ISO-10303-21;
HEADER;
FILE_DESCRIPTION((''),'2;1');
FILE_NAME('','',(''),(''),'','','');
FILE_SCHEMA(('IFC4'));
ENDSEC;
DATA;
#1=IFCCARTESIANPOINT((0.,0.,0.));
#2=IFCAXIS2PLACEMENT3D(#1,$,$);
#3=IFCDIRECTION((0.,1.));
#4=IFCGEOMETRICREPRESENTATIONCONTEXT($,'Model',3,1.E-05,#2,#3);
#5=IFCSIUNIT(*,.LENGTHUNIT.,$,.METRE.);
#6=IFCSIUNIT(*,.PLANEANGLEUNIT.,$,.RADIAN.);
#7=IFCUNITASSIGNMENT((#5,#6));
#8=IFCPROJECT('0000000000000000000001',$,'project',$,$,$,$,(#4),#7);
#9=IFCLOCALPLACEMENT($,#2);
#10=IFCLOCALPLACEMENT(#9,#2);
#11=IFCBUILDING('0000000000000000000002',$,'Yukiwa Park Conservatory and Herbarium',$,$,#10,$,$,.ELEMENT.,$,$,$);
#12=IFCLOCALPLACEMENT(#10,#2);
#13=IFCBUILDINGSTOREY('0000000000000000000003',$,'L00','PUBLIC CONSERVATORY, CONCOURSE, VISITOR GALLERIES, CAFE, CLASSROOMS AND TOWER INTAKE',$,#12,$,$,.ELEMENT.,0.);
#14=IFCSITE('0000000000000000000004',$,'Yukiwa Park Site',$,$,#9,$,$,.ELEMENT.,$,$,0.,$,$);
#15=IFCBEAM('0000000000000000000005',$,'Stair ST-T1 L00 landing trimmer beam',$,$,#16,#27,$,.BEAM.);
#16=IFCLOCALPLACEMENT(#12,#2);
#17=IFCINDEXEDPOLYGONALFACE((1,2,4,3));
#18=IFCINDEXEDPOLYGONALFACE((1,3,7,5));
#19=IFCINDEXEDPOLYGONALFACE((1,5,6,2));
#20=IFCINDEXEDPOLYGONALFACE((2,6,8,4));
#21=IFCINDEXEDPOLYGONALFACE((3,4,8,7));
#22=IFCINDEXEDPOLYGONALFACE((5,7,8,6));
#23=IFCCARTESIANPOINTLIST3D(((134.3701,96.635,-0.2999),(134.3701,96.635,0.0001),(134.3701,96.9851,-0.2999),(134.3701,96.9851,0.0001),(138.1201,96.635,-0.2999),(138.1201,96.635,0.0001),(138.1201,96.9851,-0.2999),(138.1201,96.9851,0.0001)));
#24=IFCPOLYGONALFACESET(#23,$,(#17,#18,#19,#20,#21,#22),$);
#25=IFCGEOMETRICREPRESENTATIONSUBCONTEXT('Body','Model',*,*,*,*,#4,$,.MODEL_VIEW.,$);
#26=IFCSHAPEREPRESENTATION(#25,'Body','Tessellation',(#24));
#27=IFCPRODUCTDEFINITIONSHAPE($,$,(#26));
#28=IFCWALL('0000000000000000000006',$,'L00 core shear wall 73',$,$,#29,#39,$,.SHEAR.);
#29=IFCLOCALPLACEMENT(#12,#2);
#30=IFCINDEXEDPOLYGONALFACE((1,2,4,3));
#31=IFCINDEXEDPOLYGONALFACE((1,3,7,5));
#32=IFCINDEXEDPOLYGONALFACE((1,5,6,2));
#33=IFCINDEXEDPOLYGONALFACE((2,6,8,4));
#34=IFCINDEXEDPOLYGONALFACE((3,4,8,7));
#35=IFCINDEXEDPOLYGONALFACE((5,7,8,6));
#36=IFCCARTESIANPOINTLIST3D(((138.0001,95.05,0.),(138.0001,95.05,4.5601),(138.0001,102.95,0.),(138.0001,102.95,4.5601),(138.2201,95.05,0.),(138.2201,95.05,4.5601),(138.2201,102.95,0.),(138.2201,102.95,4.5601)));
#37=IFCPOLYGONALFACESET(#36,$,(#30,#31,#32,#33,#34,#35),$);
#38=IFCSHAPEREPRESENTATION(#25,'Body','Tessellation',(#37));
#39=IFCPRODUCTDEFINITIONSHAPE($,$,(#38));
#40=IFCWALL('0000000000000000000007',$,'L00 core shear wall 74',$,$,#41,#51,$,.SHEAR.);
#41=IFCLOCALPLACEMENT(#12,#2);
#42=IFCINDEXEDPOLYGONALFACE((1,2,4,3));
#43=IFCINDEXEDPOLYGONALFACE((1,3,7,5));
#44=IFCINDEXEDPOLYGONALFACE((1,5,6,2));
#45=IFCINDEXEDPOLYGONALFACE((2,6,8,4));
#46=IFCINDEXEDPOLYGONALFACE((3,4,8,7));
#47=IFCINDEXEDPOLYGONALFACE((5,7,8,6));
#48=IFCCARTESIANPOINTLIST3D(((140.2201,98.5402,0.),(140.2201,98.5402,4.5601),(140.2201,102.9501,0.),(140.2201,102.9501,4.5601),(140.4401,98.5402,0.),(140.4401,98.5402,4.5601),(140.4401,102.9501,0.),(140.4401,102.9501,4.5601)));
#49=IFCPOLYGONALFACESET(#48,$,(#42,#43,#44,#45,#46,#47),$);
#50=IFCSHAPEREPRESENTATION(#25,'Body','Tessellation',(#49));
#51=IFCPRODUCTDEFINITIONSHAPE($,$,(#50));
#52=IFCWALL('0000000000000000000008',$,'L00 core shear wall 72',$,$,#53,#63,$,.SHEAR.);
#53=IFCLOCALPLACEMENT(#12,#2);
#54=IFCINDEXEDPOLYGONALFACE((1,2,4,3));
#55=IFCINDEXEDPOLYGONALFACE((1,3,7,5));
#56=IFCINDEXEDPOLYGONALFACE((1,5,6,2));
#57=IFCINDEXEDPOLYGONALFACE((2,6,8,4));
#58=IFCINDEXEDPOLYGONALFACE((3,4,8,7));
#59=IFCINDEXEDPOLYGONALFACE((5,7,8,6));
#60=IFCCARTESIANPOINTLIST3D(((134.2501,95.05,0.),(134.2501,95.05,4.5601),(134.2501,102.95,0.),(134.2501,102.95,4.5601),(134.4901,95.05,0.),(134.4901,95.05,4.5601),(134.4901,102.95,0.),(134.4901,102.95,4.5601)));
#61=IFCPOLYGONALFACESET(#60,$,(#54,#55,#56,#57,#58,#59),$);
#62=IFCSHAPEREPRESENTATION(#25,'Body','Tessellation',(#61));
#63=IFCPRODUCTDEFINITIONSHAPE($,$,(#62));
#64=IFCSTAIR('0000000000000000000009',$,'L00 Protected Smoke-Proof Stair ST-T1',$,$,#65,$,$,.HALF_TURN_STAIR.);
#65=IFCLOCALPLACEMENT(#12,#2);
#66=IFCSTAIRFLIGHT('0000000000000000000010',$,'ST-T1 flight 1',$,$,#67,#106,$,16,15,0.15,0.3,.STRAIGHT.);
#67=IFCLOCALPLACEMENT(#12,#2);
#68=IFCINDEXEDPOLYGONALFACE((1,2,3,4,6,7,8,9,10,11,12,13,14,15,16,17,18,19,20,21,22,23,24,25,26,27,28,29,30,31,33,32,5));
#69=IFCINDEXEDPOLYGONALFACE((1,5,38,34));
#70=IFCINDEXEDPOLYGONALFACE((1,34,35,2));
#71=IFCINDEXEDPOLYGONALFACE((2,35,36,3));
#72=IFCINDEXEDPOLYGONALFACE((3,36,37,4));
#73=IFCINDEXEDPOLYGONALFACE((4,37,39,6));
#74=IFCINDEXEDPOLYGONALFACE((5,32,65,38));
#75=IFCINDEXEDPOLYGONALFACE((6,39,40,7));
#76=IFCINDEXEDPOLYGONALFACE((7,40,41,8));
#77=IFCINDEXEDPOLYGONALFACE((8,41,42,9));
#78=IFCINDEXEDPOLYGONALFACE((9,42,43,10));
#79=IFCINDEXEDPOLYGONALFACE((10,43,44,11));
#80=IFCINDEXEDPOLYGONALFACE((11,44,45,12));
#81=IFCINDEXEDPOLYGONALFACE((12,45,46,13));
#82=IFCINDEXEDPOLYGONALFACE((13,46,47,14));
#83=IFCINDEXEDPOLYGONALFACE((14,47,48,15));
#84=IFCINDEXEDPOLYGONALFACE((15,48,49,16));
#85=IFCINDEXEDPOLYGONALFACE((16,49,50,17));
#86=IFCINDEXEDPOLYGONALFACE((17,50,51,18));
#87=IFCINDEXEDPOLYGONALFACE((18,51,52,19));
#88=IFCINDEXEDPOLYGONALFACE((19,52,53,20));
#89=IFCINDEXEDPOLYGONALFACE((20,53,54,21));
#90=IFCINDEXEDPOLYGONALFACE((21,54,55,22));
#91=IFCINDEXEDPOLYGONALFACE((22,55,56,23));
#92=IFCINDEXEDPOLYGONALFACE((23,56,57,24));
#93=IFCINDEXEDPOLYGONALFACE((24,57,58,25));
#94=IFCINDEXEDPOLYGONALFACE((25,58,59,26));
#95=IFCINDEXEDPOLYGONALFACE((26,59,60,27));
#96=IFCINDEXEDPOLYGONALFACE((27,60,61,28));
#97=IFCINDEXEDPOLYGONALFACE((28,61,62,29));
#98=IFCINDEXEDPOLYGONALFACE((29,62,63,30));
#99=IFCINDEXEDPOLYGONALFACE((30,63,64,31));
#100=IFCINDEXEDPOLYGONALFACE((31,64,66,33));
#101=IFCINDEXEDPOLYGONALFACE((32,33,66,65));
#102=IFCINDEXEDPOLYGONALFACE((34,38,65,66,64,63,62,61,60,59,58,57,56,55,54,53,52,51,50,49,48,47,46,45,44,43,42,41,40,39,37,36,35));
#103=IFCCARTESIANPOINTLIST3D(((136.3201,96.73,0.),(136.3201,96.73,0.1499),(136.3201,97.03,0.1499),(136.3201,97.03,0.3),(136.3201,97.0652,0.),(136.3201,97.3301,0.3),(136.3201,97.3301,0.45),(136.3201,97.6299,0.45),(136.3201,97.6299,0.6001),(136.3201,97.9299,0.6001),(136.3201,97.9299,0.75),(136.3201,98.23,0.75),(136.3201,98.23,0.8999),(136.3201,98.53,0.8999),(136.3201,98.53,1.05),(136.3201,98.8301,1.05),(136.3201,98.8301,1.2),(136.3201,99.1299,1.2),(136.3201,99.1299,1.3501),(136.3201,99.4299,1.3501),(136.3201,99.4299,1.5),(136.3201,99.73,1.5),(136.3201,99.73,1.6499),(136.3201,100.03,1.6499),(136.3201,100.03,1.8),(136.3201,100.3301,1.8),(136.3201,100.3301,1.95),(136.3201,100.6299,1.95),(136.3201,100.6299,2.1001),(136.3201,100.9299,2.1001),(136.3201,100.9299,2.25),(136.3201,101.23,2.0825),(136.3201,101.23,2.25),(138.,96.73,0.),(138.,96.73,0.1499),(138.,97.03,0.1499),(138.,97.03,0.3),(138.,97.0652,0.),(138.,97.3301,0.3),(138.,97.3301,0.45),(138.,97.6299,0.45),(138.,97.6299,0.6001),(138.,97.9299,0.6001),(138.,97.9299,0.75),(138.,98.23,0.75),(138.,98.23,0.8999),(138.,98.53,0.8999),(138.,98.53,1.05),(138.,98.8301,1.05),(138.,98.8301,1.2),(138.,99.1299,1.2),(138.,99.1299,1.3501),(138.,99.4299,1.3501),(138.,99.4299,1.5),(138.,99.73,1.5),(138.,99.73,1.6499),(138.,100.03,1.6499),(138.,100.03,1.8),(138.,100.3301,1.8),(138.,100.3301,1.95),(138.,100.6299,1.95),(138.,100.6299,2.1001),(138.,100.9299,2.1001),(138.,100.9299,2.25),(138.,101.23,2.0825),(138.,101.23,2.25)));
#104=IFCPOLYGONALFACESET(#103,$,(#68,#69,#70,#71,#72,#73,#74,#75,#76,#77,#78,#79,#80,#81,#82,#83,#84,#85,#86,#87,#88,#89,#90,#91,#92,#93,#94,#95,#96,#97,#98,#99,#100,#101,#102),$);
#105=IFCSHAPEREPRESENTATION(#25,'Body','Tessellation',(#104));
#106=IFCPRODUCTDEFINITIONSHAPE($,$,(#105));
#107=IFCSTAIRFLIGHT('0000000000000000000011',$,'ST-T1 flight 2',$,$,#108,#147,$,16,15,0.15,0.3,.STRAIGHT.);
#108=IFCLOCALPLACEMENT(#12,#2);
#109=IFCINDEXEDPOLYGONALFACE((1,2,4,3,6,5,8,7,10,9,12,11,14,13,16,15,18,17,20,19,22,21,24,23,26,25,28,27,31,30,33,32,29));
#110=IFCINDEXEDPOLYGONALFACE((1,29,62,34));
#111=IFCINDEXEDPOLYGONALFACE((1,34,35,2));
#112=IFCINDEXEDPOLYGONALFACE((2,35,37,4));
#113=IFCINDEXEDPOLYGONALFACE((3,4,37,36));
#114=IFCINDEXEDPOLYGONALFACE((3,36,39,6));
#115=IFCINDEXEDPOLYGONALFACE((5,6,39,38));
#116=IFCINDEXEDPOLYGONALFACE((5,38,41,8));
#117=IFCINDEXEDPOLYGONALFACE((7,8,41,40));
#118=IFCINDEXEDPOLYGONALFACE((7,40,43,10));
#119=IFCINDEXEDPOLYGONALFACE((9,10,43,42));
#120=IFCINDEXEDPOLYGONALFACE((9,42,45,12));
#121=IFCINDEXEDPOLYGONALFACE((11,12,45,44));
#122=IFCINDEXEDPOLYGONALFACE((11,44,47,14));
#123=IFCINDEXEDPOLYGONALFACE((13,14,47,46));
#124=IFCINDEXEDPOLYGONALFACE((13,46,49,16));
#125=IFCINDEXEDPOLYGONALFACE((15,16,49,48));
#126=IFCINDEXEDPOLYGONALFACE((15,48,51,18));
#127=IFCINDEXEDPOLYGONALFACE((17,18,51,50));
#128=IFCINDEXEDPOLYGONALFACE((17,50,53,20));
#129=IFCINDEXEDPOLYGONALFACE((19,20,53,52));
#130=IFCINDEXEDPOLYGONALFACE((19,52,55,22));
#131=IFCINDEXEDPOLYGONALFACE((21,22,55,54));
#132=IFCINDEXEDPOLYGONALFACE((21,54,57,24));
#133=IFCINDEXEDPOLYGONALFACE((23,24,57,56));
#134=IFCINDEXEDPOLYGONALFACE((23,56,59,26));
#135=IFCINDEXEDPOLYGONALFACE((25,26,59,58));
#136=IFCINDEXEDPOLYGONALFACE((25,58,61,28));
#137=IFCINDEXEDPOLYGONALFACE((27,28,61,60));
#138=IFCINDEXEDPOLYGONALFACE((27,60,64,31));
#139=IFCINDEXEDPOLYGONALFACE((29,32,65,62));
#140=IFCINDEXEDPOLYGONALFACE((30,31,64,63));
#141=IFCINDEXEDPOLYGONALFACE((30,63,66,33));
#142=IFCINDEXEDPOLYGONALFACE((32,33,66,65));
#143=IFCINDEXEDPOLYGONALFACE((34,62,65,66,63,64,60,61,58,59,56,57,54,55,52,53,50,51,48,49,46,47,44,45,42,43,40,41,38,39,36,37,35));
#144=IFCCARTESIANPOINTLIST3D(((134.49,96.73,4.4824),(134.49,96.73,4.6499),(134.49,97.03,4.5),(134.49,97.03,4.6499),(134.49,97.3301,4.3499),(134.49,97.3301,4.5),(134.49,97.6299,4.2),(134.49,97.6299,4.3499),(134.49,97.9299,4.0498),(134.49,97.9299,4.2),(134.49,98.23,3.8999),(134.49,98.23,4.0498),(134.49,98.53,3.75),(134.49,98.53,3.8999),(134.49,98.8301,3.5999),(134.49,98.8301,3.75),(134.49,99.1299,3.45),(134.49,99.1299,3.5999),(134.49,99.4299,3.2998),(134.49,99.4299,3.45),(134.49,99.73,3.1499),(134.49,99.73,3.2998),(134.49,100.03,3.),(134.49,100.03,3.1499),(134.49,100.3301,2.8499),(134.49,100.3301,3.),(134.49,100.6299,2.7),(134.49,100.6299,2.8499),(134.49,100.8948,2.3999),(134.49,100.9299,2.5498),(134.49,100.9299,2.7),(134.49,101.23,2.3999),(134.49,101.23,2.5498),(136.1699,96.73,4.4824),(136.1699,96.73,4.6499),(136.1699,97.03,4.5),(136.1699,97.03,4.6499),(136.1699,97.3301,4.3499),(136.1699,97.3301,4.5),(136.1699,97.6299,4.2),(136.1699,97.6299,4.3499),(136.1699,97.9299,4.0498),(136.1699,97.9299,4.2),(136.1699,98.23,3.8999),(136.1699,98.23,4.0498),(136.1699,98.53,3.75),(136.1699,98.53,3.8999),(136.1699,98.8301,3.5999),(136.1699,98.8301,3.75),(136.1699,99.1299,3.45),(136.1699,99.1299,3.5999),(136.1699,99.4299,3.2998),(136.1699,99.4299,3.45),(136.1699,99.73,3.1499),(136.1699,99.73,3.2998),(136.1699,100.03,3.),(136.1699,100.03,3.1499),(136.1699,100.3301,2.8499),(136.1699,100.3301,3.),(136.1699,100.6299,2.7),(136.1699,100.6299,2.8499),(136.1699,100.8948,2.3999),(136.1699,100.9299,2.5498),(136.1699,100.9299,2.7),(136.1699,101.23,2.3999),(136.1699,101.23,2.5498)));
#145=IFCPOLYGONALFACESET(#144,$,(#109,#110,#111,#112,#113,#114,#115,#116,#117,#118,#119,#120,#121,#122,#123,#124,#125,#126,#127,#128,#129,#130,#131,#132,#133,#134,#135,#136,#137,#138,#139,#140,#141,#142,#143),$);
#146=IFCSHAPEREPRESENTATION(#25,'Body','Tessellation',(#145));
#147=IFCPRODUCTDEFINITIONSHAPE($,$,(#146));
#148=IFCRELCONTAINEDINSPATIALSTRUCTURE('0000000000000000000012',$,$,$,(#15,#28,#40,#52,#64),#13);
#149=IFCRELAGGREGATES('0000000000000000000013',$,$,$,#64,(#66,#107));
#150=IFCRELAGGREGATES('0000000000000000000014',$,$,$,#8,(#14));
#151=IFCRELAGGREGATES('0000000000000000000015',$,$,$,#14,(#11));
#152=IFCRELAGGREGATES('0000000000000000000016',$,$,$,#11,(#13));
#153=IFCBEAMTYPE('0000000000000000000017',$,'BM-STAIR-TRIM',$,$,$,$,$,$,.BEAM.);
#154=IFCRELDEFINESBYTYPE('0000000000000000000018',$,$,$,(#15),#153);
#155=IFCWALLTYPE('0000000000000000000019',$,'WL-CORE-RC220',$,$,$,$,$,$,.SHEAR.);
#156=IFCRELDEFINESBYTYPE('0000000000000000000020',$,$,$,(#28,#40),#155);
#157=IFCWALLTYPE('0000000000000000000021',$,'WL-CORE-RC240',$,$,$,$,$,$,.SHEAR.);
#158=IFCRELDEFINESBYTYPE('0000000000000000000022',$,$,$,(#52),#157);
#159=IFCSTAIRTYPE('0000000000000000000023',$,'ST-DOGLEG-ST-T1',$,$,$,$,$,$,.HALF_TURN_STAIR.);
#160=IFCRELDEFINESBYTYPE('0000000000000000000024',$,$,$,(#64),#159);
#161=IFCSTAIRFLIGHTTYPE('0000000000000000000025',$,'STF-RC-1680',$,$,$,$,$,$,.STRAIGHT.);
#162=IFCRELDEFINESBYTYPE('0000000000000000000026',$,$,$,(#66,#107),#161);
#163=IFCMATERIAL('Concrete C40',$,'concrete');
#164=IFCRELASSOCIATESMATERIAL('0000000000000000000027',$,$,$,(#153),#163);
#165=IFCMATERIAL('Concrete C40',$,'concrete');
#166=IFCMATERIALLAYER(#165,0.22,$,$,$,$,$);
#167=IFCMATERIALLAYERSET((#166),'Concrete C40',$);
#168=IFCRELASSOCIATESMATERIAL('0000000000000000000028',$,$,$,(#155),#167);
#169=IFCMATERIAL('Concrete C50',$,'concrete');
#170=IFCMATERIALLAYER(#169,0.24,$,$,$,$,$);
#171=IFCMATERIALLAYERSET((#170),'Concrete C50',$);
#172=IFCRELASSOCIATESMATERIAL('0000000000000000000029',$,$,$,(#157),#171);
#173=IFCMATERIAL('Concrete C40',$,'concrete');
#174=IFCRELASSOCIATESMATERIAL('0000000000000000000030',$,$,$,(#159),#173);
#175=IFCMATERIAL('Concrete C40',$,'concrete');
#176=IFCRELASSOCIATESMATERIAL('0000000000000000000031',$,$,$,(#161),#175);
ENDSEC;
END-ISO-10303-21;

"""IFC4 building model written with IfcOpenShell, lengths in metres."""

from ifc_helpers import new_model, si_unit, direction, frame, frame_2d, origin, origin_2d, place, context, subcontext, project, spatial, polyline, rectangle, outline, extrude, material, layer, layer_set, material_profile, profile_set, type_object, element, aggregate, save


model = new_model("IFC4")

# Units and contexts
model_context = context("Model", 3, precision=1e-05, world=origin(), true_north=direction((0.0, 1.0)))
body_context = subcontext(model_context, "Body", "Model", "MODEL_VIEW")
ifc_project = project(units=[si_unit("LENGTHUNIT", "METRE"), si_unit("PLANEANGLEUNIT", "RADIAN")], contexts=[model_context])

# Site, building, storey
site_placement = place(None, origin())
site = spatial("IfcSite", under=ifc_project, at=site_placement, Name="Yukiwa Park Site", CompositionType="ELEMENT", RefElevation=0.0)
building_placement = place(site_placement, origin())
building = spatial("IfcBuilding", under=site, at=building_placement, Name="Yukiwa Park Conservatory and Herbarium", CompositionType="ELEMENT")
storey_placement = place(building_placement, origin())
storey = spatial("IfcBuildingStorey", under=building, at=storey_placement, Name="L00", Description="PUBLIC CONSERVATORY, CONCOURSE, VISITOR GALLERIES, CAFE, CLASSROOMS AND TOWER INTAKE", CompositionType="ELEMENT", Elevation=0.0)

# Beam
ifc_material_1 = material(Name="Concrete C40", Category="concrete")
ifc_material_profile = material_profile(ifc_material_1, rectangle(XDim=0.3501, YDim=0.3, at=origin_2d()), Name="RC 350x300")
ifc_profile_set = profile_set([ifc_material_profile], Name="Concrete C40")
beam_type = type_object("IfcBeamType", Name="BM-STAIR-TRIM", PredefinedType="BEAM", material=ifc_profile_set)
beam_placement = place(storey_placement, frame((134.3701, 96.8101, -0.1499), z_axis=(1.0, 0.0, 0.0), x_axis=(0.0, 1.0, 0.0)))
element("IfcBeam", 1, at=beam_placement, inside=storey, type_object=beam_type, Name="Stair ST-T1 L00 landing trimmer beam", PredefinedType="BEAM", context=body_context, shape_type="SweptSolid", body=[
    extrude(rectangle(XDim=0.3501, YDim=0.3, at=origin_2d()), origin(), (0.0, 0.0, 1.0), 3.75),
])

# Walls
ifc_material_2 = material(Name="Concrete C40", Category="concrete")
ifc_layer_1 = layer(ifc_material_2, 0.22)
ifc_layer_set_1 = layer_set([ifc_layer_1], Name="Concrete C40")
wall_type_1 = type_object("IfcWallType", Name="WL-CORE-RC220", PredefinedType="SHEAR", material=ifc_layer_set_1)
wall_1_placement = place(storey_placement, frame((138.1101, 95.05, 0.0), z_axis=(0.0, 0.0, 1.0), x_axis=(0.0, 1.0, 0.0)))
element("IfcWall", 2, at=wall_1_placement, inside=storey, type_object=wall_type_1, Name="L00 core shear wall 73", PredefinedType="SHEAR", context=body_context, shape_type="SweptSolid", body=[
    extrude(rectangle(XDim=7.8999, YDim=0.22, at=frame_2d((3.95, 0.0))), origin(), (0.0, 0.0, 1.0), 4.5601),
])
wall_2_placement = place(storey_placement, frame((140.3301, 98.54, 0.0), z_axis=(0.0, 0.0, 1.0), x_axis=(0.0, 1.0, 0.0)))
element("IfcWall", 3, at=wall_2_placement, inside=storey, type_object=wall_type_1, Name="L00 core shear wall 74", PredefinedType="SHEAR", context=body_context, shape_type="SweptSolid", body=[
    extrude(rectangle(XDim=4.4099, YDim=0.22, at=frame_2d((2.2051, 0.0))), origin(), (0.0, 0.0, 1.0), 4.5601),
])

# Shared definitions
ifc_material_3 = material(Name="Concrete C50", Category="concrete")
ifc_layer_2 = layer(ifc_material_3, 0.24)
ifc_layer_set_2 = layer_set([ifc_layer_2], Name="Concrete C50")
wall_type_2 = type_object("IfcWallType", Name="WL-CORE-RC240", PredefinedType="SHEAR", material=ifc_layer_set_2)

# Wall
wall_3_placement = place(storey_placement, frame((134.3701, 95.05, 0.0), z_axis=(0.0, 0.0, 1.0), x_axis=(0.0, 1.0, 0.0)))
element("IfcWall", 4, at=wall_3_placement, inside=storey, type_object=wall_type_2, Name="L00 core shear wall 72", PredefinedType="SHEAR", context=body_context, shape_type="SweptSolid", body=[
    extrude(rectangle(XDim=7.8999, YDim=0.24, at=frame_2d((3.95, 0.0))), origin(), (0.0, 0.0, 1.0), 4.5601),
])

# Stair, stair flights
ifc_material_4 = material(Name="Concrete C40", Category="concrete")
stair_type = type_object("IfcStairType", Name="ST-DOGLEG-ST-T1", PredefinedType="HALF_TURN_STAIR", material=ifc_material_4)
stair_placement = place(storey_placement, origin())
stair = element("IfcStair", 5, at=stair_placement, inside=storey, type_object=stair_type, Name="L00 Protected Smoke-Proof Stair ST-T1", PredefinedType="HALF_TURN_STAIR")
ifc_material_5 = material(Name="Concrete C40", Category="concrete")
stair_flight_type = type_object("IfcStairFlightType", Name="STF-RC-1680", PredefinedType="STRAIGHT", material=ifc_material_5)
stair_flight_1_placement = place(storey_placement, frame((137.1599, 96.73, 0.0), z_axis=(0.0, 0.0, 1.0), x_axis=(0.0, 1.0, 0.0)))
stair_flight_1 = element("IfcStairFlight", 6, at=stair_flight_1_placement, type_object=stair_flight_type, Name="ST-T1 flight 1", NumberOfRisers=16, NumberOfTreads=15, PredefinedType="STRAIGHT", RiserHeight=0.15, TreadLength=0.3, context=body_context, shape_type="SweptSolid", body=[
    extrude(outline(polyline([(0.0, 0.0), (0.0, 0.1499), (0.3, 0.1499), (0.3, 0.3), (0.6001, 0.3), (0.6001, 0.45), (0.8999, 0.45), (0.8999, 0.6001), (1.2, 0.6001), (1.2, 0.75), (1.5, 0.75), (1.5, 0.8999), (1.8, 0.8999), (1.8, 1.05), (2.1001, 1.05), (2.1001, 1.2), (2.3999, 1.2), (2.3999, 1.3501), (2.7, 1.3501), (2.7, 1.5), (3.0, 1.5), (3.0, 1.6499), (3.3, 1.6499), (3.3, 1.8), (3.6001, 1.8), (3.6001, 1.95), (3.8999, 1.95), (3.8999, 2.1001), (4.2, 2.1001), (4.2, 2.25), (4.5, 2.25), (4.5, 2.3999), (4.5, 2.0825), (0.3352, 0.0), (0.0, 0.0)])), frame((0.0, 0.8398, 0.0), z_axis=(0.0, -1.0, 0.0), x_axis=(1.0, 0.0, 0.0)), (0.0, 0.0, 1.0), 1.6799),
])
stair_flight_2_placement = place(storey_placement, frame((135.3301, 101.23, 2.3999), z_axis=(0.0, 0.0, 1.0), x_axis=(0.0, -1.0, 0.0)))
stair_flight_2 = element("IfcStairFlight", 7, at=stair_flight_2_placement, type_object=stair_flight_type, Name="ST-T1 flight 2", NumberOfRisers=16, NumberOfTreads=15, PredefinedType="STRAIGHT", RiserHeight=0.15, TreadLength=0.3, context=body_context, shape_type="SweptSolid", body=[
    extrude(outline(polyline([(0.0, 0.0), (0.0, 0.1499), (0.3, 0.1499), (0.3, 0.3), (0.6001, 0.3), (0.6001, 0.45), (0.8999, 0.45), (0.8999, 0.6001), (1.2, 0.6001), (1.2, 0.75), (1.5, 0.75), (1.5, 0.8999), (1.8, 0.8999), (1.8, 1.05), (2.1001, 1.05), (2.1001, 1.2), (2.3999, 1.2), (2.3999, 1.3501), (2.7, 1.3501), (2.7, 1.5), (3.0, 1.5), (3.0, 1.6499), (3.3, 1.6499), (3.3, 1.8), (3.6001, 1.8), (3.6001, 1.95), (3.8999, 1.95), (3.8999, 2.1001), (4.2, 2.1001), (4.2, 2.25), (4.5, 2.25), (4.5, 2.3999), (4.5, 2.0825), (0.3352, 0.0), (0.0, 0.0)])), frame((0.0, 0.8398, 0.0), z_axis=(0.0, -1.0, 0.0), x_axis=(1.0, 0.0, 0.0)), (0.0, 0.0, 1.0), 1.6799),
])
aggregate(stair, [stair_flight_1, stair_flight_2])

save(model, "model.ifc")
